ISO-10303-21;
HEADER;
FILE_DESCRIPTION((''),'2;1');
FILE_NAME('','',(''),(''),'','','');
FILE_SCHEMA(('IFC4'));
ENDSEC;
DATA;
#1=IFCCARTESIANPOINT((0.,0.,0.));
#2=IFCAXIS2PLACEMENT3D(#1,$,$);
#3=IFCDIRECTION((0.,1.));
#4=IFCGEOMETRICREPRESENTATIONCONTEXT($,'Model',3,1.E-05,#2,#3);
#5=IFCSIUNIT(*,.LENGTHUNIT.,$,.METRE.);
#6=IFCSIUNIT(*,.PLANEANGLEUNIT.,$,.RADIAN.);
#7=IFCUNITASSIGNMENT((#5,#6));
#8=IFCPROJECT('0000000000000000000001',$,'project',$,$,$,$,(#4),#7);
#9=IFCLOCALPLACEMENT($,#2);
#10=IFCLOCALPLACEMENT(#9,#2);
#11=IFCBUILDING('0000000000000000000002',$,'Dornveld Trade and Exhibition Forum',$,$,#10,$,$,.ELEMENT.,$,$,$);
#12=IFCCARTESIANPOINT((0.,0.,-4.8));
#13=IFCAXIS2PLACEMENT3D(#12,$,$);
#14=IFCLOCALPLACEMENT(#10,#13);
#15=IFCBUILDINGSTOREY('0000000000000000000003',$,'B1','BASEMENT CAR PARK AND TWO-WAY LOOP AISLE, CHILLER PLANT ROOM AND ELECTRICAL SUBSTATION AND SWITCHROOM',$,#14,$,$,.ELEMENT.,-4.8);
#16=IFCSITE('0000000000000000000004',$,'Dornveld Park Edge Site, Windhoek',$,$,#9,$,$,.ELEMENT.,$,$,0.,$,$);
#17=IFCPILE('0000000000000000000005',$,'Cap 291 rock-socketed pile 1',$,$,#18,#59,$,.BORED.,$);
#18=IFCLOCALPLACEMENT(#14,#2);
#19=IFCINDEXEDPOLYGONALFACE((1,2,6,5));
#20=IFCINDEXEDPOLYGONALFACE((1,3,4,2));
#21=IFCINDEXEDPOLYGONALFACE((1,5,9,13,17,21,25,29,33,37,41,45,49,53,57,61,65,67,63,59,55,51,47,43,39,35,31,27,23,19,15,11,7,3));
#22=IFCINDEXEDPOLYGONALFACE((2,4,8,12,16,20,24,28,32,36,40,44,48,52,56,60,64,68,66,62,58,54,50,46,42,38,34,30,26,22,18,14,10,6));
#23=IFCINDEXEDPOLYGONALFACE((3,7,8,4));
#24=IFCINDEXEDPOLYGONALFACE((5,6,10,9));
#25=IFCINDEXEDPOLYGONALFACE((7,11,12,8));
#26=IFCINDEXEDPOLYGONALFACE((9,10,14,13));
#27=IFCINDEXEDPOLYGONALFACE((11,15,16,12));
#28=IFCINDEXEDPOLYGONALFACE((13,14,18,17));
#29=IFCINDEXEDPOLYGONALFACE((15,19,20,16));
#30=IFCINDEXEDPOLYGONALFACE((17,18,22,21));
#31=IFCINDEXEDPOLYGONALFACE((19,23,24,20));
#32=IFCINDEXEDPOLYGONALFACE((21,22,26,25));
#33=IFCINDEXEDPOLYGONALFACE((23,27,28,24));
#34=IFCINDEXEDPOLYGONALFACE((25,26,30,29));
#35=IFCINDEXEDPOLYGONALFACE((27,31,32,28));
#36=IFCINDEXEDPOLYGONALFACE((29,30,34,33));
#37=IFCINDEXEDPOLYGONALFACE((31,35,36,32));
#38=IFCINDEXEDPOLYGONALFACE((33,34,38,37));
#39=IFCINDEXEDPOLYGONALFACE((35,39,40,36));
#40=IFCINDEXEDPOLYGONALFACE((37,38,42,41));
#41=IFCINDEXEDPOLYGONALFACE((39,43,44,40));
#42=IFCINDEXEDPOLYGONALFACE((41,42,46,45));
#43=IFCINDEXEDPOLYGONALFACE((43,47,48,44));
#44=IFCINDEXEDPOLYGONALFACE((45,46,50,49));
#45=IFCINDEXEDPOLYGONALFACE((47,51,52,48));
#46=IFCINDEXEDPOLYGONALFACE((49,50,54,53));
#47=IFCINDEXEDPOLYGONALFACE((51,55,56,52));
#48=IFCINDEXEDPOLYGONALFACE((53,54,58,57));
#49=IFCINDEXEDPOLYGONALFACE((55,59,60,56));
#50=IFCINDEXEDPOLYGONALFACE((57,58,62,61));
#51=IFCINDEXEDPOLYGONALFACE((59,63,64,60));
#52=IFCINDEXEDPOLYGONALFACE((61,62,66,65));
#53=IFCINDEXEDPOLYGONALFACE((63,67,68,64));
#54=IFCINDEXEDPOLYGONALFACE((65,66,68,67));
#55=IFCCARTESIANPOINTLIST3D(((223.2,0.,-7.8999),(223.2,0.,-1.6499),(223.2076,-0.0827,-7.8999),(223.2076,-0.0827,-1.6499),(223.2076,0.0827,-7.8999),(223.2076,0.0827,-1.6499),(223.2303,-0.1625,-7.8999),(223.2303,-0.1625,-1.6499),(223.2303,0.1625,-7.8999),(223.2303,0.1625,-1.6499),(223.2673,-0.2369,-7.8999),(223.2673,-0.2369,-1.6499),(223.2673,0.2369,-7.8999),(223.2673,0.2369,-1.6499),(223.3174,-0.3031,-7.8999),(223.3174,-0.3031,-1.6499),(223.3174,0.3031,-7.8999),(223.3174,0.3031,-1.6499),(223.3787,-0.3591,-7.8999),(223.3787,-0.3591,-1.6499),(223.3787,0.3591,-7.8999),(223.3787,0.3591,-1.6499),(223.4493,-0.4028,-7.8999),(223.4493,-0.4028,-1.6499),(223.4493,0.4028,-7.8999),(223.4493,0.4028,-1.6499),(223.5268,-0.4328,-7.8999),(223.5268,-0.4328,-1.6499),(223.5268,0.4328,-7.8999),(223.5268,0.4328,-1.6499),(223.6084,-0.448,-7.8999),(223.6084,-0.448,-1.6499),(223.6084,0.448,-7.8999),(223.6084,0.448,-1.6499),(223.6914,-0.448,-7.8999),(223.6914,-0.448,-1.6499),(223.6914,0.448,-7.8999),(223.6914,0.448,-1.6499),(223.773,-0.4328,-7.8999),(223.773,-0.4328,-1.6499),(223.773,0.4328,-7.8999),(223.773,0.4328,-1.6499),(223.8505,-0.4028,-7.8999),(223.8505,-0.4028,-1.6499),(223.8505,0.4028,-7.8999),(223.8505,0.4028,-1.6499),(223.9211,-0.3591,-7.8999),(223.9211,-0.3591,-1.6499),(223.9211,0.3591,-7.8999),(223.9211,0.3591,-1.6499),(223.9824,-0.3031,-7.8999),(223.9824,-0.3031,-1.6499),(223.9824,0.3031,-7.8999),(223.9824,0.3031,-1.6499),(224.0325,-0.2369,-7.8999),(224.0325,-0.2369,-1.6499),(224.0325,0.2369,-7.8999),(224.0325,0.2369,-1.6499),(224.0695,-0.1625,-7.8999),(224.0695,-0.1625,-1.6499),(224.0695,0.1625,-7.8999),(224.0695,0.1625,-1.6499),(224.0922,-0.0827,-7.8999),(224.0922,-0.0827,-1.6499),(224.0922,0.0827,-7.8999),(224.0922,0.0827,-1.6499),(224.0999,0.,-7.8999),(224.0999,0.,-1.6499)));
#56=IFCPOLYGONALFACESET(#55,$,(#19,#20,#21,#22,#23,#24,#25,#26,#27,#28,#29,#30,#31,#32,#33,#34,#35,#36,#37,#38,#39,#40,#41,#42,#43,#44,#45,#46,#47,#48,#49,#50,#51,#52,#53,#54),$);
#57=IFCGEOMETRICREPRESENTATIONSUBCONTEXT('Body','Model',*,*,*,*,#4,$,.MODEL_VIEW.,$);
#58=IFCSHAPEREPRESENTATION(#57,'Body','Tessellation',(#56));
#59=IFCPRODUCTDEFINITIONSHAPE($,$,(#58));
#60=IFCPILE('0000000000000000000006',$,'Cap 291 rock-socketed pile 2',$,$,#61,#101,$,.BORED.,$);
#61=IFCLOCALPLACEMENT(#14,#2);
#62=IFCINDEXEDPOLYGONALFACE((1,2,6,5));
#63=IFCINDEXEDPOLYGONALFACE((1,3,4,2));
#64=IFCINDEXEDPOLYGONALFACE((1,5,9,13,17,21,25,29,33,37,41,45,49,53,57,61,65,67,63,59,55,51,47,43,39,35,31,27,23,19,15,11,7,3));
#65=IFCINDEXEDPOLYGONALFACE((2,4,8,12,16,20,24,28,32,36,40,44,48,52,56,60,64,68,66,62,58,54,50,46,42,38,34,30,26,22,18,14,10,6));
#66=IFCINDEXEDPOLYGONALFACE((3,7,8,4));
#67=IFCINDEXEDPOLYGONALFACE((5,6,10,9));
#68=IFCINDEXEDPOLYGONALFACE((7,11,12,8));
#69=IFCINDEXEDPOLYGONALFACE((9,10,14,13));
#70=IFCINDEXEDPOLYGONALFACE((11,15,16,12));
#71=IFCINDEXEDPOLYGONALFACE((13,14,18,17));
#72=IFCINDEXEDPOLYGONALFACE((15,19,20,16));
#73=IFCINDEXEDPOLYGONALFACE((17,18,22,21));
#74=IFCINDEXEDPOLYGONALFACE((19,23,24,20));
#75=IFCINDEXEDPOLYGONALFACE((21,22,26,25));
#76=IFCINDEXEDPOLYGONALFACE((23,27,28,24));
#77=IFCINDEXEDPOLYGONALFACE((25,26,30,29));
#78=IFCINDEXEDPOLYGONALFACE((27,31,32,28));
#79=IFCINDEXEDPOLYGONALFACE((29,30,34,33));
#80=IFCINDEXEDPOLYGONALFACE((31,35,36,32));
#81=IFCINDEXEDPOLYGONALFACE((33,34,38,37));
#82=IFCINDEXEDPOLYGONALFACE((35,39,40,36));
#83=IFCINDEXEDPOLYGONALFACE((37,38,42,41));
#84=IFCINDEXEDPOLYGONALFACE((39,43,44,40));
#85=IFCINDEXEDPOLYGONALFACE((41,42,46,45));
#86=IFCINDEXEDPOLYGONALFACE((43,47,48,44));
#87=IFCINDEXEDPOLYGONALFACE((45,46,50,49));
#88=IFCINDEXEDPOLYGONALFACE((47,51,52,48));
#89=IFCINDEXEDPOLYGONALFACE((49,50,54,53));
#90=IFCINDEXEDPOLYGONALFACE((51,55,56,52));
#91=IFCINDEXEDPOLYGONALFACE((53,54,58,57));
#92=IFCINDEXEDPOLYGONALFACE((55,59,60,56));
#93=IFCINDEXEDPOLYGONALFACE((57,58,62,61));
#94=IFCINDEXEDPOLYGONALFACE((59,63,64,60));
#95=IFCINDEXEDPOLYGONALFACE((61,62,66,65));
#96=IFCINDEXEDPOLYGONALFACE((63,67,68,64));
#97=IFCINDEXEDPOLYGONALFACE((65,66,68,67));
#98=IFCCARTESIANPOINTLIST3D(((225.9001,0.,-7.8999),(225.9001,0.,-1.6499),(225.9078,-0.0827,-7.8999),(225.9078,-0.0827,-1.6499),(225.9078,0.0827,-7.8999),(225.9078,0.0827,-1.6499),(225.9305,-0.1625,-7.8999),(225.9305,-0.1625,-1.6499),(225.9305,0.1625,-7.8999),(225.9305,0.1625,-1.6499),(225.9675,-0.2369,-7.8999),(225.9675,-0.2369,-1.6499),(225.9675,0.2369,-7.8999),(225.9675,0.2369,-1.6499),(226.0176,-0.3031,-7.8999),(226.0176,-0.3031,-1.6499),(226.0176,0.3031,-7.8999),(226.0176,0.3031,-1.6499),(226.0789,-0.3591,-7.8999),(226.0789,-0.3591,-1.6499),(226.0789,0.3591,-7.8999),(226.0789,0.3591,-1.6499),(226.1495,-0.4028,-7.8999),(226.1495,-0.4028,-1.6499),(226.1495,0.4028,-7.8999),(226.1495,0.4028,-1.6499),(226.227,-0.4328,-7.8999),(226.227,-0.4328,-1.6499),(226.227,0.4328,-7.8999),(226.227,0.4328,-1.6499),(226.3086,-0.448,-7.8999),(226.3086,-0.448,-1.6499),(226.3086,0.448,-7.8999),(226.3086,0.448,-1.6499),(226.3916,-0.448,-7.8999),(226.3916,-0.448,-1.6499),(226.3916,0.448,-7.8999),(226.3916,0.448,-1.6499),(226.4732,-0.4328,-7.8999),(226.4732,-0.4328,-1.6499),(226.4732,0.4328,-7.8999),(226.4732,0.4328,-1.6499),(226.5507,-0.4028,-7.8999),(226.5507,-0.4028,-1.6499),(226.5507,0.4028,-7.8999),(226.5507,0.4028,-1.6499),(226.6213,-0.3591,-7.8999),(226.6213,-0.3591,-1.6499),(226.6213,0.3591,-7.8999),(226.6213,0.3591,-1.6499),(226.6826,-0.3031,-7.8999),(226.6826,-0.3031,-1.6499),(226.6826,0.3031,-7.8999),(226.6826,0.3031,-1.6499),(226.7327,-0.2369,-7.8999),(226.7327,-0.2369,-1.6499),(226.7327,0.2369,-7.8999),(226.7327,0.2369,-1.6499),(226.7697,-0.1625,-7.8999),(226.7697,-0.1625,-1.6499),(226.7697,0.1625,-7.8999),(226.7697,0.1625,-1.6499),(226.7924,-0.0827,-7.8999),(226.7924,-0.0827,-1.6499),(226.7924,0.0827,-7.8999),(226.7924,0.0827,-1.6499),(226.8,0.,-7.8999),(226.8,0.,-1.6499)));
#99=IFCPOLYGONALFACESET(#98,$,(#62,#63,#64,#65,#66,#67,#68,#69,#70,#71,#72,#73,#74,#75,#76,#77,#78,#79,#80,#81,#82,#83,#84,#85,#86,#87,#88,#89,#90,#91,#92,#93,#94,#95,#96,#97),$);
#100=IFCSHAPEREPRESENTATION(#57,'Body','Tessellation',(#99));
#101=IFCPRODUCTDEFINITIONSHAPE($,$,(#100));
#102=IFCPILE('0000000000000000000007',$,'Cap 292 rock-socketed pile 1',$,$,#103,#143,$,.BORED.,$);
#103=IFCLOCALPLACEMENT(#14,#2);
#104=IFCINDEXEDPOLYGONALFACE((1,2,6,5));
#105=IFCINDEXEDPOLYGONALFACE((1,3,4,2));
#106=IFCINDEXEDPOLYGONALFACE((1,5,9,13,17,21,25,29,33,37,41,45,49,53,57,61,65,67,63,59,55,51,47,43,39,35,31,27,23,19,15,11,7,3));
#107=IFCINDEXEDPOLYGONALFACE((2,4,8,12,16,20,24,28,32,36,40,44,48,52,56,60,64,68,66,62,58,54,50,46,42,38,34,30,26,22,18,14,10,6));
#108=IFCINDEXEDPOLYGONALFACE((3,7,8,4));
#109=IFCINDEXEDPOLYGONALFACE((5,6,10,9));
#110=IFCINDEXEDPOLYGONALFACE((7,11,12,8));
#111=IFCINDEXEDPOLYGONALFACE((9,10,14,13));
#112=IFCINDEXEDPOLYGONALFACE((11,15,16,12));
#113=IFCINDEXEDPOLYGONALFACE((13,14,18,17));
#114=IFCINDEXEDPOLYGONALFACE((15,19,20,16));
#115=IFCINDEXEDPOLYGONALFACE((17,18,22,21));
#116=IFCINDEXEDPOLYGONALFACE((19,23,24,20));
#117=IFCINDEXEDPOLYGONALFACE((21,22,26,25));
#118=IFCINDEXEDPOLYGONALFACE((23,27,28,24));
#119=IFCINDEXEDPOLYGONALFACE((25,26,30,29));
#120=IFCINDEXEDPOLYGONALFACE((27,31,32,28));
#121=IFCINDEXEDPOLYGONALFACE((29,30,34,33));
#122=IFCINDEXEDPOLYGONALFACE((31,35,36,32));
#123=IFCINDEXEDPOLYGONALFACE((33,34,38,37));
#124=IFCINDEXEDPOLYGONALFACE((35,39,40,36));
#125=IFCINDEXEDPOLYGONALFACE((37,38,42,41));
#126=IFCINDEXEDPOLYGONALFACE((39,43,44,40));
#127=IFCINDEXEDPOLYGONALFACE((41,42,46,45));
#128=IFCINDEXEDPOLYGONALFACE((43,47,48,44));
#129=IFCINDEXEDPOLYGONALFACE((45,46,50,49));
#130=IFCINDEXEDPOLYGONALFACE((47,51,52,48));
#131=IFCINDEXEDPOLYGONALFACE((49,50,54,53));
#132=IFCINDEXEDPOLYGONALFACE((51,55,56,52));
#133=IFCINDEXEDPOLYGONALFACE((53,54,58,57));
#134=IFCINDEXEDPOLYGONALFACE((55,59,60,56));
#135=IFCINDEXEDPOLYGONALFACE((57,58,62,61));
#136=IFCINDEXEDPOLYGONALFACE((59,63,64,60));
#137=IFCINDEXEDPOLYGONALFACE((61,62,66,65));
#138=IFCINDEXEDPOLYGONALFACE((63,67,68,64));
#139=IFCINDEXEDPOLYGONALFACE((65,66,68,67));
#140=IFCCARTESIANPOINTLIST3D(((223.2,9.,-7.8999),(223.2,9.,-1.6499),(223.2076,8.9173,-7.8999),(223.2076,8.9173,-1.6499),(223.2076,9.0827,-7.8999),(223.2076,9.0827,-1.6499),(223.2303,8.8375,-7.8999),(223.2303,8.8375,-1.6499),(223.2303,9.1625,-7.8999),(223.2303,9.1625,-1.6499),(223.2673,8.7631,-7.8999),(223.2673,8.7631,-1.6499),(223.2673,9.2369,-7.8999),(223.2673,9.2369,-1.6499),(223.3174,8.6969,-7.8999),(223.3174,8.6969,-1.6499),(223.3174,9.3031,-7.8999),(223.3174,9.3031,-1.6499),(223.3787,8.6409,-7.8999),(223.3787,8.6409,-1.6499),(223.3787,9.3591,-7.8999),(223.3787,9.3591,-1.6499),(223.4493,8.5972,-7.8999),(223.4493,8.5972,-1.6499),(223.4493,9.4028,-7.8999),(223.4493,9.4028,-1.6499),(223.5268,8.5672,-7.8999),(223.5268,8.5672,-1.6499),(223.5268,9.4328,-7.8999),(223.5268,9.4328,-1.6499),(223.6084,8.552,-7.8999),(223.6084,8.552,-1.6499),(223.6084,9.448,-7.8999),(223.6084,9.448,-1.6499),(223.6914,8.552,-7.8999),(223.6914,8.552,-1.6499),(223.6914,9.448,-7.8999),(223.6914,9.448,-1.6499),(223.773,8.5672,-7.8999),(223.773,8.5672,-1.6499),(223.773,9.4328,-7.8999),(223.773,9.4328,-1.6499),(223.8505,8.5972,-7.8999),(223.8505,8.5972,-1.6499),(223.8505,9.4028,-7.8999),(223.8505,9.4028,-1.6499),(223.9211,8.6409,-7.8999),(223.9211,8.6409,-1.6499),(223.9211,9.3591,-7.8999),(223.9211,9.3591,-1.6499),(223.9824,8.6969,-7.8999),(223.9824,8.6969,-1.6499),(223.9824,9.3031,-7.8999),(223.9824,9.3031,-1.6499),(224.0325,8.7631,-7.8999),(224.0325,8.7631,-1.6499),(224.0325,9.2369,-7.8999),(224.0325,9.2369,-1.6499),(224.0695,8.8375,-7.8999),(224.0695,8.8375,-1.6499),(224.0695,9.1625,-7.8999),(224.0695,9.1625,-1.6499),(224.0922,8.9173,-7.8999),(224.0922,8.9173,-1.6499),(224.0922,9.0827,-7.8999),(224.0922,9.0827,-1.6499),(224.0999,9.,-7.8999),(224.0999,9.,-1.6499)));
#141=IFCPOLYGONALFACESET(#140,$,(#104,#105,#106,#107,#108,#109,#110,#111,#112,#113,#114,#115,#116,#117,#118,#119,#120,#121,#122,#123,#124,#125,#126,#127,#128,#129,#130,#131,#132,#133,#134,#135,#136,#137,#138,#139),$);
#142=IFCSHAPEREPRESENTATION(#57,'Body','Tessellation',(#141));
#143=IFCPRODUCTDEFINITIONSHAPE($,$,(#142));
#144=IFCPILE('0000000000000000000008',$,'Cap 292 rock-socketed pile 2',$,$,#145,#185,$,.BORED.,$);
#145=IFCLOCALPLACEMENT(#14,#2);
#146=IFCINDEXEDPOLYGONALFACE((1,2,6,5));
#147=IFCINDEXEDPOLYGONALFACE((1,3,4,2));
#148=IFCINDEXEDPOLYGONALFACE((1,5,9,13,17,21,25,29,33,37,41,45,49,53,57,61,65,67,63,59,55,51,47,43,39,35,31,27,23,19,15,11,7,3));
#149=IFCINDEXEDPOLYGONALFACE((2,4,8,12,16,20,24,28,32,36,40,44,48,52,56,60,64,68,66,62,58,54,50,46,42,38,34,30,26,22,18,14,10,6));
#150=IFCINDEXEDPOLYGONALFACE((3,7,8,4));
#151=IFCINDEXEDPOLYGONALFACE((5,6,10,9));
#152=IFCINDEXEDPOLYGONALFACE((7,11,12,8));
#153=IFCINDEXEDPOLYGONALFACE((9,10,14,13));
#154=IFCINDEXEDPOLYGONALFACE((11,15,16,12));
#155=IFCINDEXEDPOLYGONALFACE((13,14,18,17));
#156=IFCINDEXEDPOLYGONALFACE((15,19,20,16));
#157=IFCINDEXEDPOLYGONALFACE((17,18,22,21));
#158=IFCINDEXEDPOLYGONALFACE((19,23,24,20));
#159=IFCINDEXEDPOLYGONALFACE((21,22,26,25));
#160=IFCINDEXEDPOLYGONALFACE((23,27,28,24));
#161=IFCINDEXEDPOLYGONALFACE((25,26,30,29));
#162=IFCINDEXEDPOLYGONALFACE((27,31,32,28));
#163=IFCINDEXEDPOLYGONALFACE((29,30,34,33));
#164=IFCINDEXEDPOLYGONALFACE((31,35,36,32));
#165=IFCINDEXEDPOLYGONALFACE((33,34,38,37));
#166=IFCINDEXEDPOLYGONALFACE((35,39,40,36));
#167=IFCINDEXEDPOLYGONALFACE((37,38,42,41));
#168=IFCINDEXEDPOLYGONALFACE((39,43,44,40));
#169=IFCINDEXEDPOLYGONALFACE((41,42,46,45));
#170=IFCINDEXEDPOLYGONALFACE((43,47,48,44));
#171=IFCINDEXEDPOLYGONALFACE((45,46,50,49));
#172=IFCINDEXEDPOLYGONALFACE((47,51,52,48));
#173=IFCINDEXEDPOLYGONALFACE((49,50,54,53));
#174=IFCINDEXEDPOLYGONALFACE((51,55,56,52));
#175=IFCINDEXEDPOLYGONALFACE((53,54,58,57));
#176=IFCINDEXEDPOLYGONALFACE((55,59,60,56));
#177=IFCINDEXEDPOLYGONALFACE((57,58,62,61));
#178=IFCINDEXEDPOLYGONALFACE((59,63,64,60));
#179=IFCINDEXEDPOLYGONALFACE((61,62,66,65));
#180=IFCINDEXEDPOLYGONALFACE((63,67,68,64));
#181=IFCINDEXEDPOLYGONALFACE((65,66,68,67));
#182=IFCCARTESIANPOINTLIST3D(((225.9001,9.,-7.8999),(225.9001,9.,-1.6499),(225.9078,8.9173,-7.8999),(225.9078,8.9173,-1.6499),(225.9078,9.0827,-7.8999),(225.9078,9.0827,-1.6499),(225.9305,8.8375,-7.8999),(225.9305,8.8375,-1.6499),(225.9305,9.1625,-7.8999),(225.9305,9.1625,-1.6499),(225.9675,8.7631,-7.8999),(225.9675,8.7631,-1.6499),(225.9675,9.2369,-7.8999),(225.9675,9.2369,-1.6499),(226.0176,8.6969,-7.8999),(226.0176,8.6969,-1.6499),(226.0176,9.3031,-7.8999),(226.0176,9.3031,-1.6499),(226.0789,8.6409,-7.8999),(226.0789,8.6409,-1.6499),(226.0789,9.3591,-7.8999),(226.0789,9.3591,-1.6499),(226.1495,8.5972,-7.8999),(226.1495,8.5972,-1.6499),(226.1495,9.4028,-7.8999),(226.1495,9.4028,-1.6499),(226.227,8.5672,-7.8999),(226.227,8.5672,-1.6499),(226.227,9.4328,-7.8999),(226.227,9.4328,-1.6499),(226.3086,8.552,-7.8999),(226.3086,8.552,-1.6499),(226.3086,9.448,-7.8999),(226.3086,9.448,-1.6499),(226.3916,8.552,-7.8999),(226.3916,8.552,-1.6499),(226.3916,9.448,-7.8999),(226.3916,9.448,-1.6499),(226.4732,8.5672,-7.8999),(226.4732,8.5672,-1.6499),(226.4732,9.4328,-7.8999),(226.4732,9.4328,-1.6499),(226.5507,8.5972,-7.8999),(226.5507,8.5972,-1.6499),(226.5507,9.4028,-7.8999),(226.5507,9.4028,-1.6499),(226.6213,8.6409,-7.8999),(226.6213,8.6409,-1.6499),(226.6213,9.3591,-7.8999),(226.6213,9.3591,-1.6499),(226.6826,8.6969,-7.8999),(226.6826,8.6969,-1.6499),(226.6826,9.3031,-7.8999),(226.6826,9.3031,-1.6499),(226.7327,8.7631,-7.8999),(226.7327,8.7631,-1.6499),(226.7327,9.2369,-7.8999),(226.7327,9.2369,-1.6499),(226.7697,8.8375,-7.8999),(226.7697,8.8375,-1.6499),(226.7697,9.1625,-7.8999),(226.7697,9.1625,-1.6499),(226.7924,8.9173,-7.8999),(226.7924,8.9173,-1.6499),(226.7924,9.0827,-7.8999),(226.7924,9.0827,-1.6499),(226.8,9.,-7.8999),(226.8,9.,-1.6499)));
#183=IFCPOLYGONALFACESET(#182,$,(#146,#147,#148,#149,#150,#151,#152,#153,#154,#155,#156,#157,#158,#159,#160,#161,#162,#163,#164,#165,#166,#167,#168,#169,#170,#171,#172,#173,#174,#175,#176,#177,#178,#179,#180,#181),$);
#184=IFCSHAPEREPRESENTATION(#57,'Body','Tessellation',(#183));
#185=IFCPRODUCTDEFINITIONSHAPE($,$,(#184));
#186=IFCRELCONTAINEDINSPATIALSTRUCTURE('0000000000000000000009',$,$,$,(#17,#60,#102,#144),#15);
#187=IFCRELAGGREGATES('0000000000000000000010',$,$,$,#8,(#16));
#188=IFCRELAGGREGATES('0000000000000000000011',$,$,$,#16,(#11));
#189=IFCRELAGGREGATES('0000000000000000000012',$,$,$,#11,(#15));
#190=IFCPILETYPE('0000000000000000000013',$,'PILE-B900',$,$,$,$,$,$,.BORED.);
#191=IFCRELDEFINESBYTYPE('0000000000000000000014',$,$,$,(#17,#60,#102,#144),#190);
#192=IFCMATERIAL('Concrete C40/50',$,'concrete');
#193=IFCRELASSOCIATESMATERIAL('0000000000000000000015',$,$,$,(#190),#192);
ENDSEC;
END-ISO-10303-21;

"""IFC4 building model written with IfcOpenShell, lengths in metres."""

from ifc_helpers import new_model, si_unit, direction, frame, origin, origin_2d, place, context, subcontext, project, spatial, circle, extrude, material, material_profile, profile_set, type_object, element, save


model = new_model("IFC4")

# Units and contexts
model_context = context("Model", 3, precision=1e-05, world=origin(), true_north=direction((0.0, 1.0)))
body_context = subcontext(model_context, "Body", "Model", "MODEL_VIEW")
ifc_project = project(units=[si_unit("LENGTHUNIT", "METRE"), si_unit("PLANEANGLEUNIT", "RADIAN")], contexts=[model_context])

# Site, building, storey
site_placement = place(None, origin())
site = spatial("IfcSite", under=ifc_project, at=site_placement, Name="Dornveld Park Edge Site, Windhoek", CompositionType="ELEMENT", RefElevation=0.0)
building_placement = place(site_placement, origin())
building = spatial("IfcBuilding", under=site, at=building_placement, Name="Dornveld Trade and Exhibition Forum", CompositionType="ELEMENT")
storey_placement = place(building_placement, frame((0.0, 0.0, -4.8)))
storey = spatial("IfcBuildingStorey", under=building, at=storey_placement, Name="B1", Description="BASEMENT CAR PARK AND TWO-WAY LOOP AISLE, CHILLER PLANT ROOM AND ELECTRICAL SUBSTATION AND SWITCHROOM", CompositionType="ELEMENT", Elevation=-4.8)

# Piles
ifc_material_1 = material(Name="Concrete C40/50", Category="concrete")
ifc_material_profile_1 = material_profile(ifc_material_1, circle(Radius=0.45, at=origin_2d()), Name="PILE D900")
ifc_profile_set_1 = profile_set([ifc_material_profile_1], Name="Concrete C40/50")
pile_type_1 = type_object("IfcPileType", Name="PILE-B900", PredefinedType="BORED", material=ifc_profile_set_1)
for number, where, z_axis, x_axis, name in (
    (1, (223.6499, 0.0, -1.6499), (0.0, 0.0, -1.0), (1.0, 0.0, 0.0), "Cap 291 rock-socketed pile 1"),
    (2, (226.3501, 0.0, -1.6499), (0.0, 0.0, -1.0), (1.0, 0.0, 0.0), "Cap 291 rock-socketed pile 2"),
    (3, (223.6499, 9.0, -1.6499), (0.0, 0.0, -1.0), (1.0, 0.0, 0.0), "Cap 292 rock-socketed pile 1"),
    (4, (226.3501, 9.0, -1.6499), (0.0, 0.0, -1.0), (1.0, 0.0, 0.0), "Cap 292 rock-socketed pile 2"),
):
    element("IfcPile", number, at=place(storey_placement, frame(where, z_axis=z_axis, x_axis=x_axis)), inside=storey, type_object=pile_type_1, Name=name, PredefinedType="BORED", context=body_context, shape_type="SweptSolid", body=[
        extrude(circle(Radius=0.45, at=origin_2d()), origin(), (0.0, 0.0, 1.0), 6.25),
    ])

save(model, "model.ifc")
